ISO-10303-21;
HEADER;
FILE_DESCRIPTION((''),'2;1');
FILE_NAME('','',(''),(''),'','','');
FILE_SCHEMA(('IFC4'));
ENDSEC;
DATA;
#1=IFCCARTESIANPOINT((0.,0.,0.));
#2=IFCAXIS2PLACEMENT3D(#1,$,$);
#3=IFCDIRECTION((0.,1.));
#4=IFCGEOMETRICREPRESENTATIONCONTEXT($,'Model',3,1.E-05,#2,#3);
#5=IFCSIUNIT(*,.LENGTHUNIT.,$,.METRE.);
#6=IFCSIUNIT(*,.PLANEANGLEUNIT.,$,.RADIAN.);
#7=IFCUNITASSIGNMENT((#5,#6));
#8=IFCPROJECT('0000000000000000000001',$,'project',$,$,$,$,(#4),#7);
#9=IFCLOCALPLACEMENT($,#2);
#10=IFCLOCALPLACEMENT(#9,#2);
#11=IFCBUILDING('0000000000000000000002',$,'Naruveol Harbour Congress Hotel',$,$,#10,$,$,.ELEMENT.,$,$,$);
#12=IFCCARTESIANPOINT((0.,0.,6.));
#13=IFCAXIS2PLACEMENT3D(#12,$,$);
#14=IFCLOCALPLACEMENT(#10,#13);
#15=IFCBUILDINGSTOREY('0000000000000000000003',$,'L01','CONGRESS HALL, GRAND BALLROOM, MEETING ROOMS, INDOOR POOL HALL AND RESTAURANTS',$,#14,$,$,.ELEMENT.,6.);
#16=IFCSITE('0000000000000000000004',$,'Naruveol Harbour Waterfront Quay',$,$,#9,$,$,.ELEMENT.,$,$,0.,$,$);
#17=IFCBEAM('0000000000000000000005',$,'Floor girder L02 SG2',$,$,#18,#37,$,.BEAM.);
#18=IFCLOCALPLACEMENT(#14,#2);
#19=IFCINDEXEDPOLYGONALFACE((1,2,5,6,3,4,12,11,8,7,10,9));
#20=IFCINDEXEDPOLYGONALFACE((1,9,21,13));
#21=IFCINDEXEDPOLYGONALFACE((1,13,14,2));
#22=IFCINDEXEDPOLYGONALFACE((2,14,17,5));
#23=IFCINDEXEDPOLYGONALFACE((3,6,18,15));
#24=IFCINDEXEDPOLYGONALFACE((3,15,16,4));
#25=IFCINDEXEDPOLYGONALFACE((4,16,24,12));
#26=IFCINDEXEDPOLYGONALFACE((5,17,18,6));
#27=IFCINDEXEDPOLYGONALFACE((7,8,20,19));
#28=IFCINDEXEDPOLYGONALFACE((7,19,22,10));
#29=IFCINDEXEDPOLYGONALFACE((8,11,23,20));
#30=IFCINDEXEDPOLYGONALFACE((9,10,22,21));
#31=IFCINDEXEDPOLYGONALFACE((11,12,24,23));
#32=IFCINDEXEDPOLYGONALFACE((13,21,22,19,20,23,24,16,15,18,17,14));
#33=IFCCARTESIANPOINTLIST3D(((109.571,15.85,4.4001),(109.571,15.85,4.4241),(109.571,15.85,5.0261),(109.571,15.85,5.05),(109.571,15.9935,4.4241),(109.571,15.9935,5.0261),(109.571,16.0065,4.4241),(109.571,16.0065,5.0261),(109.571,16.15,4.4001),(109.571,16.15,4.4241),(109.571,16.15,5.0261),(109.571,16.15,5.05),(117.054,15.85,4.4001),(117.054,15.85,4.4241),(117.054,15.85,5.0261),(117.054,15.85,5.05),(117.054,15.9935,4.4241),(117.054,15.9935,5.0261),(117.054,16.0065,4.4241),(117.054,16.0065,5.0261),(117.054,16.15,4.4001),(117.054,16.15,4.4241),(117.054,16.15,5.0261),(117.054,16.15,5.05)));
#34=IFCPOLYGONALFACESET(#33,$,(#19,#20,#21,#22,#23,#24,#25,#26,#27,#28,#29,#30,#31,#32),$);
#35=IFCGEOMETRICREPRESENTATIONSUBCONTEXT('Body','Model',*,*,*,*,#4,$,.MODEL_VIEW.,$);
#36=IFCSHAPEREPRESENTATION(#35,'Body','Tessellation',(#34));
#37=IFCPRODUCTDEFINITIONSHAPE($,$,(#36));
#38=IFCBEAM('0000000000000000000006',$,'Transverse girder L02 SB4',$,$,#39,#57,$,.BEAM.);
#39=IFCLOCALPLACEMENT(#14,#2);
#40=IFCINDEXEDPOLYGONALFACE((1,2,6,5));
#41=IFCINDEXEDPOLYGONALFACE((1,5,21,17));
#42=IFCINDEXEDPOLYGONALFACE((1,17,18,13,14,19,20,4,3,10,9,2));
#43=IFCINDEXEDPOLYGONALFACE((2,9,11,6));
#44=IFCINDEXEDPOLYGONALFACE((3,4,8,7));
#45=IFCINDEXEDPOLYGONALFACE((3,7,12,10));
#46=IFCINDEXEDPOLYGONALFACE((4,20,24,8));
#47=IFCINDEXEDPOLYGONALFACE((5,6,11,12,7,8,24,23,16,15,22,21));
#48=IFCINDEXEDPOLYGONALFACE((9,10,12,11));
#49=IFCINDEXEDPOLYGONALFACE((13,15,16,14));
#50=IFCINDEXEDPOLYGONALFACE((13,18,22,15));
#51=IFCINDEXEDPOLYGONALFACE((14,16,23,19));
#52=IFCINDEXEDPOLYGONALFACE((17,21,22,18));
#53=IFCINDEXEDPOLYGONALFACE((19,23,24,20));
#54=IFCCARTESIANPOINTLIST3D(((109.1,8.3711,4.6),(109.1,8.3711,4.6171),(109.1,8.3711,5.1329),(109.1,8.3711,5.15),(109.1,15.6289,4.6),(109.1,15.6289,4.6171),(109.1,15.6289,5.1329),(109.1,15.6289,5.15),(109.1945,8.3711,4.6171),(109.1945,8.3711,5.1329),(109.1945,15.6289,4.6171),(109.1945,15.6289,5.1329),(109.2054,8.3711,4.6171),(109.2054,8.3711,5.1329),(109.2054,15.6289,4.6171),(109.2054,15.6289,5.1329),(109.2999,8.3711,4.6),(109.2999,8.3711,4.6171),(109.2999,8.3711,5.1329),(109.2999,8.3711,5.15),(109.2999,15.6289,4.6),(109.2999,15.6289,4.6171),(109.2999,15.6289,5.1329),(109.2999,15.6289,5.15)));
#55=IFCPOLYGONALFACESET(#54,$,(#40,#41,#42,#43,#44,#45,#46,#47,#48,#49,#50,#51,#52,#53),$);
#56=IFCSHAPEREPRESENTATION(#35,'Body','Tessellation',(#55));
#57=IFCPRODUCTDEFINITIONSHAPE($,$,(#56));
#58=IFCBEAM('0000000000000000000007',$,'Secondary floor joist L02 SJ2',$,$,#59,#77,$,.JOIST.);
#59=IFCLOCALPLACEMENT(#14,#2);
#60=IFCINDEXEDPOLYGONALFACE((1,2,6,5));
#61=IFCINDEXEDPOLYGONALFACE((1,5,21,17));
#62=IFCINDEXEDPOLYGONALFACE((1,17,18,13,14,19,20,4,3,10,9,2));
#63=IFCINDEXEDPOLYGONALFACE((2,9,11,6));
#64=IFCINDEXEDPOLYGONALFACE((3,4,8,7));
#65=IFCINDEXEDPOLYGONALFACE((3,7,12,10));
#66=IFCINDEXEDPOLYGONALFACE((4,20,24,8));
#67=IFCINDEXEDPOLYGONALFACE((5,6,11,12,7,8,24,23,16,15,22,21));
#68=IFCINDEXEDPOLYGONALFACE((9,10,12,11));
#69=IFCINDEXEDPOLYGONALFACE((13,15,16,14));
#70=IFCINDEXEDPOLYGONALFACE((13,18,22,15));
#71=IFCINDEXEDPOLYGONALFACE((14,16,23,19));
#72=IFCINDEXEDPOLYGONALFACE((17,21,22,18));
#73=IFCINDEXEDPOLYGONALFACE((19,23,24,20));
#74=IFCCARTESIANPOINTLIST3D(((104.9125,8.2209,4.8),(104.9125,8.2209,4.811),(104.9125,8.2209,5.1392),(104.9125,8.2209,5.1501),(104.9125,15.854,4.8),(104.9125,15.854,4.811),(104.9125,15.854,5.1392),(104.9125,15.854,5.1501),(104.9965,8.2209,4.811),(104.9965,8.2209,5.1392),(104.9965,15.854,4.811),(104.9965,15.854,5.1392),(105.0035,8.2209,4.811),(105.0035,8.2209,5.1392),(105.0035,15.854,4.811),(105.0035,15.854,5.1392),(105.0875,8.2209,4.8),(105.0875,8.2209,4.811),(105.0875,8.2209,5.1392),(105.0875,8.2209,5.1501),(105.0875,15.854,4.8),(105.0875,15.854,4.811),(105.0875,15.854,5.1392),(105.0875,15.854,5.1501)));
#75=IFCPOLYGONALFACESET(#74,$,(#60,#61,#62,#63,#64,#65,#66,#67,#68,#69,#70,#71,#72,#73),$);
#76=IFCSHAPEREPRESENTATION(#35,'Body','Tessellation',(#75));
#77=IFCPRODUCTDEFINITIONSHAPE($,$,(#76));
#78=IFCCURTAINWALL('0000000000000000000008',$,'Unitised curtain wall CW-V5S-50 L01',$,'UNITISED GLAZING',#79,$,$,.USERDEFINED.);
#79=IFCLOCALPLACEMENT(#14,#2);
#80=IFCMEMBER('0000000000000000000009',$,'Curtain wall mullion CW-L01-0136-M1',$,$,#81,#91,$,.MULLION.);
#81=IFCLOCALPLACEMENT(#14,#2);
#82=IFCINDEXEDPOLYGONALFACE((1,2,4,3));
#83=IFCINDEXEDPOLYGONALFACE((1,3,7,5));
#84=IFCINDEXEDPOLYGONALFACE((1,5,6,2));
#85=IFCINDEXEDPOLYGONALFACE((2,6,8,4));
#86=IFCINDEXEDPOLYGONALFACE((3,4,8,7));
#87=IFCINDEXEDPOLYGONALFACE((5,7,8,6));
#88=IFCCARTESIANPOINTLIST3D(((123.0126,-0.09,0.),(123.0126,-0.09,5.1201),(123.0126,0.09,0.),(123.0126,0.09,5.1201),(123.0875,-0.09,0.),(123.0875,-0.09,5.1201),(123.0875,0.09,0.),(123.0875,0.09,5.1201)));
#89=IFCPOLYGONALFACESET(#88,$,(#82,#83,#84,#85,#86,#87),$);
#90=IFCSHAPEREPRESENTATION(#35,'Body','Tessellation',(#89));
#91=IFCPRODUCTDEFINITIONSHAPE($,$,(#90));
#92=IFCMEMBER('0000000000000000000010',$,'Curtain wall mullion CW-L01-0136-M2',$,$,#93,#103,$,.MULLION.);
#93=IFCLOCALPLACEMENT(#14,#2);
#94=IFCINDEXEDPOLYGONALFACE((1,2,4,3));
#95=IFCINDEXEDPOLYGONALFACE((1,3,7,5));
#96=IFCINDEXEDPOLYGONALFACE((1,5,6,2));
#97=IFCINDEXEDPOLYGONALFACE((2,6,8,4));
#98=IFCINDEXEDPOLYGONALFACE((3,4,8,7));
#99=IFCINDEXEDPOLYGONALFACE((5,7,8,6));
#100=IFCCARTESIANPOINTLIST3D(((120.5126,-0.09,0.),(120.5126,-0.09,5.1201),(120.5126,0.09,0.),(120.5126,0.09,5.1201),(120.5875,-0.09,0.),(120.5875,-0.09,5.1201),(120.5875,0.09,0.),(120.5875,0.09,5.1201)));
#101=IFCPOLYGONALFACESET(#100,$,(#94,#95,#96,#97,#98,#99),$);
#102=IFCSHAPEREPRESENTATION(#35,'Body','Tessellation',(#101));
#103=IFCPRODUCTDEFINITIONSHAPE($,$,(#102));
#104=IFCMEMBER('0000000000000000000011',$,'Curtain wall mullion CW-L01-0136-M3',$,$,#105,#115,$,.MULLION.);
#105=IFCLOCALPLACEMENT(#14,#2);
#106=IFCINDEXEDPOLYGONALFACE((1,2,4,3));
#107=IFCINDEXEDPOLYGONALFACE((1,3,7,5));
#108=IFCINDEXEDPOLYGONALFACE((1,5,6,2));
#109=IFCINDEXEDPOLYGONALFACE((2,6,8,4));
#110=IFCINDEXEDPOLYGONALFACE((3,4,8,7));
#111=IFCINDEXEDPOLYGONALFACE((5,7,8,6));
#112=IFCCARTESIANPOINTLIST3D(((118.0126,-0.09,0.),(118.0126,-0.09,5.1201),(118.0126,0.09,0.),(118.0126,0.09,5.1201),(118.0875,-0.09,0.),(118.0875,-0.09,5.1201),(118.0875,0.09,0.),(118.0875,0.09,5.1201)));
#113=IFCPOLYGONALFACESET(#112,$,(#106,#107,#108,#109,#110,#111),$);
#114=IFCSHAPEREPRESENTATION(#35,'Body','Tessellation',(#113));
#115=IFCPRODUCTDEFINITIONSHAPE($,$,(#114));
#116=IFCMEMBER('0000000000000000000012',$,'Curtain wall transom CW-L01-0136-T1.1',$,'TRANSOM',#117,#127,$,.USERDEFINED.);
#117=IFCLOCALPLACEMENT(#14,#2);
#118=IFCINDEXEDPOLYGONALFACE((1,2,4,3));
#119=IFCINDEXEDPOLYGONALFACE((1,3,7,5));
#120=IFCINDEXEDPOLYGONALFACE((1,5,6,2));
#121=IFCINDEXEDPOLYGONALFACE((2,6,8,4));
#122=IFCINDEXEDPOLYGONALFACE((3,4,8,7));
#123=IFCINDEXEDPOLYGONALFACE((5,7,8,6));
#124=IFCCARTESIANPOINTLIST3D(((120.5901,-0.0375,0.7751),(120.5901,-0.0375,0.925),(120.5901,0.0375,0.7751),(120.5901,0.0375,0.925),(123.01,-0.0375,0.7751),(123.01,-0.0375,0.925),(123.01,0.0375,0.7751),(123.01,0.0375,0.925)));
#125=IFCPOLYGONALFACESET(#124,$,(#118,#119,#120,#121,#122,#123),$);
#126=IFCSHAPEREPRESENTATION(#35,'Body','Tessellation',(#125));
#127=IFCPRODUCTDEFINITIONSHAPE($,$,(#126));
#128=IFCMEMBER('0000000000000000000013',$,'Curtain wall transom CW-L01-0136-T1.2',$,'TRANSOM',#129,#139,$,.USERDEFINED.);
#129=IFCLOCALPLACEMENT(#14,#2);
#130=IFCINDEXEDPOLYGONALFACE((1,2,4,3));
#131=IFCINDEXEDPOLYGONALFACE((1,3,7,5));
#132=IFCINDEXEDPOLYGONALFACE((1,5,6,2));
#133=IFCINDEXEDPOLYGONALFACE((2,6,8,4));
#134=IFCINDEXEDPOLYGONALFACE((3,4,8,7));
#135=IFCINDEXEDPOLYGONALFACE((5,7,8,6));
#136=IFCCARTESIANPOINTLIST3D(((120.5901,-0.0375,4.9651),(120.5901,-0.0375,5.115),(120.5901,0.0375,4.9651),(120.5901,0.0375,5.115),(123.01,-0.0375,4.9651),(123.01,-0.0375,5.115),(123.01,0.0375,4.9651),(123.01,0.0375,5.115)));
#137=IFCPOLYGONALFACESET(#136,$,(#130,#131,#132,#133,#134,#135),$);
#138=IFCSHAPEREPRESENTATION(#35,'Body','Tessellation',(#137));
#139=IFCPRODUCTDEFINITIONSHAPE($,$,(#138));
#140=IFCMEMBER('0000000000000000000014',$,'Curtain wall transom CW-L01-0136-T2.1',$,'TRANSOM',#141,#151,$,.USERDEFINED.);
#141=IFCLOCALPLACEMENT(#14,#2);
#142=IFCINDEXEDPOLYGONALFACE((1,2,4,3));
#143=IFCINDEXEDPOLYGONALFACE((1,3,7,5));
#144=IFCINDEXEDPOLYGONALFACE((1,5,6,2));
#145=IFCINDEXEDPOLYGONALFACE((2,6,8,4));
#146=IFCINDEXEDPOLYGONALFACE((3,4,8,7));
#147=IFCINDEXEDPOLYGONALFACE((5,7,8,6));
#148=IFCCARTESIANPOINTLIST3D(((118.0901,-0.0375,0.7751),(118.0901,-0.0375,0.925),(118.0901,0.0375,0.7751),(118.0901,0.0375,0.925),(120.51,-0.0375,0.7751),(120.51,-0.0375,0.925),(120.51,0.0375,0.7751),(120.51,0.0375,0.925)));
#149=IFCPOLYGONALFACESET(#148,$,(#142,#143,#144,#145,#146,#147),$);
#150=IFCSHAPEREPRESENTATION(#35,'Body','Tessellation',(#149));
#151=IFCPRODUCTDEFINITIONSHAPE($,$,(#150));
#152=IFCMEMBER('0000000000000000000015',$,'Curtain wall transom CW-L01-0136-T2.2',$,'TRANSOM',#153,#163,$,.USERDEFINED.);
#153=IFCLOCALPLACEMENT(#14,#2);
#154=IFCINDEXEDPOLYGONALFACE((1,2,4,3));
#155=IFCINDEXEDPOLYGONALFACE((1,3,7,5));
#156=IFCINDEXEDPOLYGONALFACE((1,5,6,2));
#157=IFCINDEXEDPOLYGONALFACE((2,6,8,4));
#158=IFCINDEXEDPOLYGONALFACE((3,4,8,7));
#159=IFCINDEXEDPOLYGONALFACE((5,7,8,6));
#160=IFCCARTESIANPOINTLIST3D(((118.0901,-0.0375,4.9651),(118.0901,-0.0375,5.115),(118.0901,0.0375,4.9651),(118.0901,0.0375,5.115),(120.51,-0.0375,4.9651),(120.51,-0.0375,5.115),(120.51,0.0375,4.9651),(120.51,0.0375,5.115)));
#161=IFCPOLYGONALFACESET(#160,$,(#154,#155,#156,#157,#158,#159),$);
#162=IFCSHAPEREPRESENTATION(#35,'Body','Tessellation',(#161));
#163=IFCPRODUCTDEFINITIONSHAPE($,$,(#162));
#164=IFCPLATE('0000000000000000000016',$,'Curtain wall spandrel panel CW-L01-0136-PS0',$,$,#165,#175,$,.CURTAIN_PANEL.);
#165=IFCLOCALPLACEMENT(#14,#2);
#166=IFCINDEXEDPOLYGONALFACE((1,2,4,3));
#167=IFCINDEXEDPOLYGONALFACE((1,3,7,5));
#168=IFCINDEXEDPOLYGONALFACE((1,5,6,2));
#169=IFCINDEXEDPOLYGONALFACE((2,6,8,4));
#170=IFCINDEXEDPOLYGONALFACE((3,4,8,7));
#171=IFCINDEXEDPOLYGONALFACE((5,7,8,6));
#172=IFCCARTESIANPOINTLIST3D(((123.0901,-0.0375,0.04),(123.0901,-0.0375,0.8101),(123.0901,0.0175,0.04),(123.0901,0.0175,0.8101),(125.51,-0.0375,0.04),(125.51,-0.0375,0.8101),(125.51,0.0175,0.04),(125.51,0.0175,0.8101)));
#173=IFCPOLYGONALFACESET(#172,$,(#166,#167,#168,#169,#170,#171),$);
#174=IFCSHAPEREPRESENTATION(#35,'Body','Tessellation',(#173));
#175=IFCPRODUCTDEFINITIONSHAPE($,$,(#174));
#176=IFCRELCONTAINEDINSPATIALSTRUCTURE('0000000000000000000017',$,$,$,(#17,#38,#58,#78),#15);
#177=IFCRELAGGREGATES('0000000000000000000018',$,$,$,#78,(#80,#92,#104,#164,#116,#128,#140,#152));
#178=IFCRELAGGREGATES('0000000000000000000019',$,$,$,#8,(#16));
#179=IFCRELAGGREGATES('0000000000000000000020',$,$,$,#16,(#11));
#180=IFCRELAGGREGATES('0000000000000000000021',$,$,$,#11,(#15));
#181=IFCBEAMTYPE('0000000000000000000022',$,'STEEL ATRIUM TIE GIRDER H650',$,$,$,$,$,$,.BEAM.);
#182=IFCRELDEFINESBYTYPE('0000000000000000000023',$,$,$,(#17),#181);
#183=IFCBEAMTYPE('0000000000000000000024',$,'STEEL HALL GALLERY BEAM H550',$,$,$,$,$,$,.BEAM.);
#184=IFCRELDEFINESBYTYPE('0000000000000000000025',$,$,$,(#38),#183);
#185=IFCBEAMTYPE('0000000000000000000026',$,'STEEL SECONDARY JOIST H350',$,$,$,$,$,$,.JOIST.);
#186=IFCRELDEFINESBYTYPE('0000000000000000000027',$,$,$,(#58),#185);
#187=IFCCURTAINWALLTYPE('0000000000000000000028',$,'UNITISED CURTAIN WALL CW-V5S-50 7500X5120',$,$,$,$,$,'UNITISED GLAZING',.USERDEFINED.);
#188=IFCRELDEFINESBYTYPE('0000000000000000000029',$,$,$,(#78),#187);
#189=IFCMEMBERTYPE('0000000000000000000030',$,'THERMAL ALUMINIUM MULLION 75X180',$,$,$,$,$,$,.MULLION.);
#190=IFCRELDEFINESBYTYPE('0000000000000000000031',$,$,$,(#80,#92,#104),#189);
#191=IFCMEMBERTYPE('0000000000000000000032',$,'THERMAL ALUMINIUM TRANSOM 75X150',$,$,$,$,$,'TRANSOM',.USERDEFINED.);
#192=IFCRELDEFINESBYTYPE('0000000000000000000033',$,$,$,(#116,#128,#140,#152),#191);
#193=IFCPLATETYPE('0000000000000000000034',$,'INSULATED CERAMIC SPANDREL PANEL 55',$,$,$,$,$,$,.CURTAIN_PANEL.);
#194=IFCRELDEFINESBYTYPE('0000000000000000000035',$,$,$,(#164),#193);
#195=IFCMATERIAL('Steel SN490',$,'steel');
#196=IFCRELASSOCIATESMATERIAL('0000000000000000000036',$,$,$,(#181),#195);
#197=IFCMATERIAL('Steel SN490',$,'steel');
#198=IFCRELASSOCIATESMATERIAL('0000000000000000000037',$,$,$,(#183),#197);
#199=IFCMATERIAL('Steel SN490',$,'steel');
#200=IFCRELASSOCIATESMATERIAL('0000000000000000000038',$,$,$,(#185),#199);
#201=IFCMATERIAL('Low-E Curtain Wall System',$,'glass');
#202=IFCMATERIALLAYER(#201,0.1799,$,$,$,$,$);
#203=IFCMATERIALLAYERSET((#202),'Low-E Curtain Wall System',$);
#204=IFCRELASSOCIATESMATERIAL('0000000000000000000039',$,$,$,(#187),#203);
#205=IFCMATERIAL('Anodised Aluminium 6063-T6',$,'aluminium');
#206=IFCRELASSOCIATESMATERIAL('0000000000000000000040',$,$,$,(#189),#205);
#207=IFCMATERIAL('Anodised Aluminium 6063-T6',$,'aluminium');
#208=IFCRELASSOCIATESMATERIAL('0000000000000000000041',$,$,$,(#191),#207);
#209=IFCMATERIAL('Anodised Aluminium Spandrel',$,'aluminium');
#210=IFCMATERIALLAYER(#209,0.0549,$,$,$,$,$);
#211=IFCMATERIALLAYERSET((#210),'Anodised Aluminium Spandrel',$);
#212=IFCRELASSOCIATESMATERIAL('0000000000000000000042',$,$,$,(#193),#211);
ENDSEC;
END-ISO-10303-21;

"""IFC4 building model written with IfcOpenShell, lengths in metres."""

from ifc_helpers import new_model, si_unit, direction, frame, origin, origin_2d, place, context, subcontext, project, spatial, rectangle, i_section, extrude, material, layer, layer_set, material_profile, profile_set, type_object, element, aggregate, save


model = new_model("IFC4")

# Units and contexts
model_context = context("Model", 3, precision=1e-05, world=origin(), true_north=direction((0.0, 1.0)))
body_context = subcontext(model_context, "Body", "Model", "MODEL_VIEW")
ifc_project = project(units=[si_unit("LENGTHUNIT", "METRE"), si_unit("PLANEANGLEUNIT", "RADIAN")], contexts=[model_context])

# Site, building, storey
site_placement = place(None, origin())
site = spatial("IfcSite", under=ifc_project, at=site_placement, Name="Naruveol Harbour Waterfront Quay", CompositionType="ELEMENT", RefElevation=0.0)
building_placement = place(site_placement, origin())
building = spatial("IfcBuilding", under=site, at=building_placement, Name="Naruveol Harbour Congress Hotel", CompositionType="ELEMENT")
storey_placement = place(building_placement, frame((0.0, 0.0, 6.0)))
storey = spatial("IfcBuildingStorey", under=building, at=storey_placement, Name="L01", Description="CONGRESS HALL, GRAND BALLROOM, MEETING ROOMS, INDOOR POOL HALL AND RESTAURANTS", CompositionType="ELEMENT", Elevation=6.0)

# Beams
ifc_material_1 = material(Name="Steel SN490", Category="steel")
ifc_material_profile_1 = material_profile(ifc_material_1, i_section(OverallWidth=0.3, OverallDepth=0.6499, WebThickness=0.0129, FlangeThickness=0.0239, at=origin_2d()), Name="H-650x300x13x24")
ifc_profile_set_1 = profile_set([ifc_material_profile_1], Name="Steel SN490")
beam_type_1 = type_object("IfcBeamType", Name="STEEL ATRIUM TIE GIRDER H650", PredefinedType="BEAM", material=ifc_profile_set_1)
beam_1_placement = place(storey_placement, frame((109.571, 16.0, 4.7251), z_axis=(1.0, 0.0, 0.0), x_axis=(0.0, 1.0, 0.0)))
element("IfcBeam", 1, at=beam_1_placement, inside=storey, type_object=beam_type_1, Name="Floor girder L02 SG2", PredefinedType="BEAM", context=body_context, shape_type="SweptSolid", body=[
    extrude(i_section(OverallWidth=0.3, OverallDepth=0.6499, WebThickness=0.0129, FlangeThickness=0.0239, at=origin_2d()), origin(), (0.0, 0.0, 1.0), 7.4829),
])
ifc_material_2 = material(Name="Steel SN490", Category="steel")
ifc_material_profile_2 = material_profile(ifc_material_2, i_section(OverallWidth=0.2, OverallDepth=0.55, WebThickness=0.011, FlangeThickness=0.0171, at=origin_2d()), Name="H-550x200x11x17")
ifc_profile_set_2 = profile_set([ifc_material_profile_2], Name="Steel SN490")
beam_type_2 = type_object("IfcBeamType", Name="STEEL HALL GALLERY BEAM H550", PredefinedType="BEAM", material=ifc_profile_set_2)
beam_2_placement = place(storey_placement, frame((109.2, 8.3711, 4.875), z_axis=(0.0, 1.0, 0.0), x_axis=(-1.0, 0.0, 0.0)))
element("IfcBeam", 2, at=beam_2_placement, inside=storey, type_object=beam_type_2, Name="Transverse girder L02 SB4", PredefinedType="BEAM", context=body_context, shape_type="SweptSolid", body=[
    extrude(i_section(OverallWidth=0.2, OverallDepth=0.55, WebThickness=0.011, FlangeThickness=0.0171, at=origin_2d()), origin(), (0.0, 0.0, 1.0), 7.2578),
])
ifc_material_3 = material(Name="Steel SN490", Category="steel")
ifc_material_profile_3 = material_profile(ifc_material_3, i_section(OverallWidth=0.175, OverallDepth=0.3501, WebThickness=0.0071, FlangeThickness=0.011, at=origin_2d()), Name="H-350x175x7x11")
ifc_profile_set_3 = profile_set([ifc_material_profile_3], Name="Steel SN490")
beam_type_3 = type_object("IfcBeamType", Name="STEEL SECONDARY JOIST H350", PredefinedType="JOIST", material=ifc_profile_set_3)
beam_3_placement = place(storey_placement, frame((105.0, 8.2209, 4.9751), z_axis=(0.0, 1.0, 0.0), x_axis=(-1.0, 0.0, 0.0)))
element("IfcBeam", 3, at=beam_3_placement, inside=storey, type_object=beam_type_3, Name="Secondary floor joist L02 SJ2", PredefinedType="JOIST", context=body_context, shape_type="SweptSolid", body=[
    extrude(i_section(OverallWidth=0.175, OverallDepth=0.3501, WebThickness=0.0071, FlangeThickness=0.011, at=origin_2d()), origin(), (0.0, 0.0, 1.0), 7.6331),
])

# Curtain wall, members, plate
ifc_material_4 = material(Name="Low-E Curtain Wall System", Category="glass")
ifc_layer_1 = layer(ifc_material_4, 0.1799)
ifc_layer_set_1 = layer_set([ifc_layer_1], Name="Low-E Curtain Wall System")
curtain_wall_type = type_object("IfcCurtainWallType", Name="UNITISED CURTAIN WALL CW-V5S-50 7500X5120", ElementType="UNITISED GLAZING", PredefinedType="USERDEFINED", material=ifc_layer_set_1)
curtain_wall_placement = place(storey_placement, origin())
curtain_wall = element("IfcCurtainWall", 4, at=curtain_wall_placement, inside=storey, type_object=curtain_wall_type, Name="Unitised curtain wall CW-V5S-50 L01", ObjectType="UNITISED GLAZING", PredefinedType="USERDEFINED")
ifc_material_5 = material(Name="Anodised Aluminium 6063-T6", Category="aluminium")
ifc_material_profile_4 = material_profile(ifc_material_5, rectangle(XDim=0.075, YDim=0.1799, at=origin_2d()), Name="ALU-75x180")
ifc_profile_set_4 = profile_set([ifc_material_profile_4], Name="Anodised Aluminium 6063-T6")
member_type_1 = type_object("IfcMemberType", Name="THERMAL ALUMINIUM MULLION 75X180", PredefinedType="MULLION", material=ifc_profile_set_4)
member_1_placement = place(storey_placement, frame((123.05, 0.0, 0.0), z_axis=(0.0, 0.0, 1.0), x_axis=(1.0, 0.0, 0.0)))
member_1 = element("IfcMember", 5, at=member_1_placement, type_object=member_type_1, Name="Curtain wall mullion CW-L01-0136-M1", PredefinedType="MULLION", context=body_context, shape_type="SweptSolid", body=[
    extrude(rectangle(XDim=0.075, YDim=0.1799, at=origin_2d()), origin(), (0.0, 0.0, 1.0), 5.1201),
])
member_2_placement = place(storey_placement, frame((120.55, 0.0, 0.0), z_axis=(0.0, 0.0, 1.0), x_axis=(1.0, 0.0, 0.0)))
member_2 = element("IfcMember", 6, at=member_2_placement, type_object=member_type_1, Name="Curtain wall mullion CW-L01-0136-M2", PredefinedType="MULLION", context=body_context, shape_type="SweptSolid", body=[
    extrude(rectangle(XDim=0.075, YDim=0.1799, at=origin_2d()), origin(), (0.0, 0.0, 1.0), 5.1201),
])
member_3_placement = place(storey_placement, frame((118.05, 0.0, 0.0), z_axis=(0.0, 0.0, 1.0), x_axis=(1.0, 0.0, 0.0)))
member_3 = element("IfcMember", 7, at=member_3_placement, type_object=member_type_1, Name="Curtain wall mullion CW-L01-0136-M3", PredefinedType="MULLION", context=body_context, shape_type="SweptSolid", body=[
    extrude(rectangle(XDim=0.075, YDim=0.1799, at=origin_2d()), origin(), (0.0, 0.0, 1.0), 5.1201),
])
ifc_material_6 = material(Name="Anodised Aluminium 6063-T6", Category="aluminium")
ifc_material_profile_5 = material_profile(ifc_material_6, rectangle(XDim=0.075, YDim=0.1499, at=origin_2d()), Name="ALU-75x150")
ifc_profile_set_5 = profile_set([ifc_material_profile_5], Name="Anodised Aluminium 6063-T6")
member_type_2 = type_object("IfcMemberType", Name="THERMAL ALUMINIUM TRANSOM 75X150", ElementType="TRANSOM", PredefinedType="USERDEFINED", material=ifc_profile_set_5)
member_4_placement = place(storey_placement, frame((123.01, 0.0, 0.8501), z_axis=(-1.0, 0.0, 0.0), x_axis=(0.0, -1.0, 0.0)))
member_4 = element("IfcMember", 8, at=member_4_placement, type_object=member_type_2, Name="Curtain wall transom CW-L01-0136-T1.1", ObjectType="TRANSOM", PredefinedType="USERDEFINED", context=body_context, shape_type="SweptSolid", body=[
    extrude(rectangle(XDim=0.075, YDim=0.1499, at=origin_2d()), origin(), (0.0, 0.0, 1.0), 2.4199),
])
member_5_placement = place(storey_placement, frame((123.01, 0.0, 5.04), z_axis=(-1.0, 0.0, 0.0), x_axis=(0.0, -1.0, 0.0)))
member_5 = element("IfcMember", 9, at=member_5_placement, type_object=member_type_2, Name="Curtain wall transom CW-L01-0136-T1.2", ObjectType="TRANSOM", PredefinedType="USERDEFINED", context=body_context, shape_type="SweptSolid", body=[
    extrude(rectangle(XDim=0.075, YDim=0.1499, at=origin_2d()), origin(), (0.0, 0.0, 1.0), 2.4199),
])
member_6_placement = place(storey_placement, frame((120.51, 0.0, 0.8501), z_axis=(-1.0, 0.0, 0.0), x_axis=(0.0, -1.0, 0.0)))
member_6 = element("IfcMember", 10, at=member_6_placement, type_object=member_type_2, Name="Curtain wall transom CW-L01-0136-T2.1", ObjectType="TRANSOM", PredefinedType="USERDEFINED", context=body_context, shape_type="SweptSolid", body=[
    extrude(rectangle(XDim=0.075, YDim=0.1499, at=origin_2d()), origin(), (0.0, 0.0, 1.0), 2.4199),
])
member_7_placement = place(storey_placement, frame((120.51, 0.0, 5.04), z_axis=(-1.0, 0.0, 0.0), x_axis=(0.0, -1.0, 0.0)))
member_7 = element("IfcMember", 11, at=member_7_placement, type_object=member_type_2, Name="Curtain wall transom CW-L01-0136-T2.2", ObjectType="TRANSOM", PredefinedType="USERDEFINED", context=body_context, shape_type="SweptSolid", body=[
    extrude(rectangle(XDim=0.075, YDim=0.1499, at=origin_2d()), origin(), (0.0, 0.0, 1.0), 2.4199),
])
ifc_material_7 = material(Name="Anodised Aluminium Spandrel", Category="aluminium")
ifc_layer_2 = layer(ifc_material_7, 0.0549)
ifc_layer_set_2 = layer_set([ifc_layer_2], Name="Anodised Aluminium Spandrel")
plate_type_1 = type_object("IfcPlateType", Name="INSULATED CERAMIC SPANDREL PANEL 55", PredefinedType="CURTAIN_PANEL", material=ifc_layer_set_2)
plate_1_placement = place(storey_placement, frame((124.3, -0.01, 0.04), z_axis=(0.0, 0.0, 1.0), x_axis=(-1.0, 0.0, 0.0)))
plate_1 = element("IfcPlate", 12, at=plate_1_placement, type_object=plate_type_1, Name="Curtain wall spandrel panel CW-L01-0136-PS0", PredefinedType="CURTAIN_PANEL", context=body_context, shape_type="SweptSolid", body=[
    extrude(rectangle(XDim=2.4199, YDim=0.0549, at=origin_2d()), origin(), (0.0, 0.0, 1.0), 0.77),
])
aggregate(curtain_wall, [member_1, member_2, member_3, plate_1, member_4, member_5, member_6, member_7])

save(model, "model.ifc")
